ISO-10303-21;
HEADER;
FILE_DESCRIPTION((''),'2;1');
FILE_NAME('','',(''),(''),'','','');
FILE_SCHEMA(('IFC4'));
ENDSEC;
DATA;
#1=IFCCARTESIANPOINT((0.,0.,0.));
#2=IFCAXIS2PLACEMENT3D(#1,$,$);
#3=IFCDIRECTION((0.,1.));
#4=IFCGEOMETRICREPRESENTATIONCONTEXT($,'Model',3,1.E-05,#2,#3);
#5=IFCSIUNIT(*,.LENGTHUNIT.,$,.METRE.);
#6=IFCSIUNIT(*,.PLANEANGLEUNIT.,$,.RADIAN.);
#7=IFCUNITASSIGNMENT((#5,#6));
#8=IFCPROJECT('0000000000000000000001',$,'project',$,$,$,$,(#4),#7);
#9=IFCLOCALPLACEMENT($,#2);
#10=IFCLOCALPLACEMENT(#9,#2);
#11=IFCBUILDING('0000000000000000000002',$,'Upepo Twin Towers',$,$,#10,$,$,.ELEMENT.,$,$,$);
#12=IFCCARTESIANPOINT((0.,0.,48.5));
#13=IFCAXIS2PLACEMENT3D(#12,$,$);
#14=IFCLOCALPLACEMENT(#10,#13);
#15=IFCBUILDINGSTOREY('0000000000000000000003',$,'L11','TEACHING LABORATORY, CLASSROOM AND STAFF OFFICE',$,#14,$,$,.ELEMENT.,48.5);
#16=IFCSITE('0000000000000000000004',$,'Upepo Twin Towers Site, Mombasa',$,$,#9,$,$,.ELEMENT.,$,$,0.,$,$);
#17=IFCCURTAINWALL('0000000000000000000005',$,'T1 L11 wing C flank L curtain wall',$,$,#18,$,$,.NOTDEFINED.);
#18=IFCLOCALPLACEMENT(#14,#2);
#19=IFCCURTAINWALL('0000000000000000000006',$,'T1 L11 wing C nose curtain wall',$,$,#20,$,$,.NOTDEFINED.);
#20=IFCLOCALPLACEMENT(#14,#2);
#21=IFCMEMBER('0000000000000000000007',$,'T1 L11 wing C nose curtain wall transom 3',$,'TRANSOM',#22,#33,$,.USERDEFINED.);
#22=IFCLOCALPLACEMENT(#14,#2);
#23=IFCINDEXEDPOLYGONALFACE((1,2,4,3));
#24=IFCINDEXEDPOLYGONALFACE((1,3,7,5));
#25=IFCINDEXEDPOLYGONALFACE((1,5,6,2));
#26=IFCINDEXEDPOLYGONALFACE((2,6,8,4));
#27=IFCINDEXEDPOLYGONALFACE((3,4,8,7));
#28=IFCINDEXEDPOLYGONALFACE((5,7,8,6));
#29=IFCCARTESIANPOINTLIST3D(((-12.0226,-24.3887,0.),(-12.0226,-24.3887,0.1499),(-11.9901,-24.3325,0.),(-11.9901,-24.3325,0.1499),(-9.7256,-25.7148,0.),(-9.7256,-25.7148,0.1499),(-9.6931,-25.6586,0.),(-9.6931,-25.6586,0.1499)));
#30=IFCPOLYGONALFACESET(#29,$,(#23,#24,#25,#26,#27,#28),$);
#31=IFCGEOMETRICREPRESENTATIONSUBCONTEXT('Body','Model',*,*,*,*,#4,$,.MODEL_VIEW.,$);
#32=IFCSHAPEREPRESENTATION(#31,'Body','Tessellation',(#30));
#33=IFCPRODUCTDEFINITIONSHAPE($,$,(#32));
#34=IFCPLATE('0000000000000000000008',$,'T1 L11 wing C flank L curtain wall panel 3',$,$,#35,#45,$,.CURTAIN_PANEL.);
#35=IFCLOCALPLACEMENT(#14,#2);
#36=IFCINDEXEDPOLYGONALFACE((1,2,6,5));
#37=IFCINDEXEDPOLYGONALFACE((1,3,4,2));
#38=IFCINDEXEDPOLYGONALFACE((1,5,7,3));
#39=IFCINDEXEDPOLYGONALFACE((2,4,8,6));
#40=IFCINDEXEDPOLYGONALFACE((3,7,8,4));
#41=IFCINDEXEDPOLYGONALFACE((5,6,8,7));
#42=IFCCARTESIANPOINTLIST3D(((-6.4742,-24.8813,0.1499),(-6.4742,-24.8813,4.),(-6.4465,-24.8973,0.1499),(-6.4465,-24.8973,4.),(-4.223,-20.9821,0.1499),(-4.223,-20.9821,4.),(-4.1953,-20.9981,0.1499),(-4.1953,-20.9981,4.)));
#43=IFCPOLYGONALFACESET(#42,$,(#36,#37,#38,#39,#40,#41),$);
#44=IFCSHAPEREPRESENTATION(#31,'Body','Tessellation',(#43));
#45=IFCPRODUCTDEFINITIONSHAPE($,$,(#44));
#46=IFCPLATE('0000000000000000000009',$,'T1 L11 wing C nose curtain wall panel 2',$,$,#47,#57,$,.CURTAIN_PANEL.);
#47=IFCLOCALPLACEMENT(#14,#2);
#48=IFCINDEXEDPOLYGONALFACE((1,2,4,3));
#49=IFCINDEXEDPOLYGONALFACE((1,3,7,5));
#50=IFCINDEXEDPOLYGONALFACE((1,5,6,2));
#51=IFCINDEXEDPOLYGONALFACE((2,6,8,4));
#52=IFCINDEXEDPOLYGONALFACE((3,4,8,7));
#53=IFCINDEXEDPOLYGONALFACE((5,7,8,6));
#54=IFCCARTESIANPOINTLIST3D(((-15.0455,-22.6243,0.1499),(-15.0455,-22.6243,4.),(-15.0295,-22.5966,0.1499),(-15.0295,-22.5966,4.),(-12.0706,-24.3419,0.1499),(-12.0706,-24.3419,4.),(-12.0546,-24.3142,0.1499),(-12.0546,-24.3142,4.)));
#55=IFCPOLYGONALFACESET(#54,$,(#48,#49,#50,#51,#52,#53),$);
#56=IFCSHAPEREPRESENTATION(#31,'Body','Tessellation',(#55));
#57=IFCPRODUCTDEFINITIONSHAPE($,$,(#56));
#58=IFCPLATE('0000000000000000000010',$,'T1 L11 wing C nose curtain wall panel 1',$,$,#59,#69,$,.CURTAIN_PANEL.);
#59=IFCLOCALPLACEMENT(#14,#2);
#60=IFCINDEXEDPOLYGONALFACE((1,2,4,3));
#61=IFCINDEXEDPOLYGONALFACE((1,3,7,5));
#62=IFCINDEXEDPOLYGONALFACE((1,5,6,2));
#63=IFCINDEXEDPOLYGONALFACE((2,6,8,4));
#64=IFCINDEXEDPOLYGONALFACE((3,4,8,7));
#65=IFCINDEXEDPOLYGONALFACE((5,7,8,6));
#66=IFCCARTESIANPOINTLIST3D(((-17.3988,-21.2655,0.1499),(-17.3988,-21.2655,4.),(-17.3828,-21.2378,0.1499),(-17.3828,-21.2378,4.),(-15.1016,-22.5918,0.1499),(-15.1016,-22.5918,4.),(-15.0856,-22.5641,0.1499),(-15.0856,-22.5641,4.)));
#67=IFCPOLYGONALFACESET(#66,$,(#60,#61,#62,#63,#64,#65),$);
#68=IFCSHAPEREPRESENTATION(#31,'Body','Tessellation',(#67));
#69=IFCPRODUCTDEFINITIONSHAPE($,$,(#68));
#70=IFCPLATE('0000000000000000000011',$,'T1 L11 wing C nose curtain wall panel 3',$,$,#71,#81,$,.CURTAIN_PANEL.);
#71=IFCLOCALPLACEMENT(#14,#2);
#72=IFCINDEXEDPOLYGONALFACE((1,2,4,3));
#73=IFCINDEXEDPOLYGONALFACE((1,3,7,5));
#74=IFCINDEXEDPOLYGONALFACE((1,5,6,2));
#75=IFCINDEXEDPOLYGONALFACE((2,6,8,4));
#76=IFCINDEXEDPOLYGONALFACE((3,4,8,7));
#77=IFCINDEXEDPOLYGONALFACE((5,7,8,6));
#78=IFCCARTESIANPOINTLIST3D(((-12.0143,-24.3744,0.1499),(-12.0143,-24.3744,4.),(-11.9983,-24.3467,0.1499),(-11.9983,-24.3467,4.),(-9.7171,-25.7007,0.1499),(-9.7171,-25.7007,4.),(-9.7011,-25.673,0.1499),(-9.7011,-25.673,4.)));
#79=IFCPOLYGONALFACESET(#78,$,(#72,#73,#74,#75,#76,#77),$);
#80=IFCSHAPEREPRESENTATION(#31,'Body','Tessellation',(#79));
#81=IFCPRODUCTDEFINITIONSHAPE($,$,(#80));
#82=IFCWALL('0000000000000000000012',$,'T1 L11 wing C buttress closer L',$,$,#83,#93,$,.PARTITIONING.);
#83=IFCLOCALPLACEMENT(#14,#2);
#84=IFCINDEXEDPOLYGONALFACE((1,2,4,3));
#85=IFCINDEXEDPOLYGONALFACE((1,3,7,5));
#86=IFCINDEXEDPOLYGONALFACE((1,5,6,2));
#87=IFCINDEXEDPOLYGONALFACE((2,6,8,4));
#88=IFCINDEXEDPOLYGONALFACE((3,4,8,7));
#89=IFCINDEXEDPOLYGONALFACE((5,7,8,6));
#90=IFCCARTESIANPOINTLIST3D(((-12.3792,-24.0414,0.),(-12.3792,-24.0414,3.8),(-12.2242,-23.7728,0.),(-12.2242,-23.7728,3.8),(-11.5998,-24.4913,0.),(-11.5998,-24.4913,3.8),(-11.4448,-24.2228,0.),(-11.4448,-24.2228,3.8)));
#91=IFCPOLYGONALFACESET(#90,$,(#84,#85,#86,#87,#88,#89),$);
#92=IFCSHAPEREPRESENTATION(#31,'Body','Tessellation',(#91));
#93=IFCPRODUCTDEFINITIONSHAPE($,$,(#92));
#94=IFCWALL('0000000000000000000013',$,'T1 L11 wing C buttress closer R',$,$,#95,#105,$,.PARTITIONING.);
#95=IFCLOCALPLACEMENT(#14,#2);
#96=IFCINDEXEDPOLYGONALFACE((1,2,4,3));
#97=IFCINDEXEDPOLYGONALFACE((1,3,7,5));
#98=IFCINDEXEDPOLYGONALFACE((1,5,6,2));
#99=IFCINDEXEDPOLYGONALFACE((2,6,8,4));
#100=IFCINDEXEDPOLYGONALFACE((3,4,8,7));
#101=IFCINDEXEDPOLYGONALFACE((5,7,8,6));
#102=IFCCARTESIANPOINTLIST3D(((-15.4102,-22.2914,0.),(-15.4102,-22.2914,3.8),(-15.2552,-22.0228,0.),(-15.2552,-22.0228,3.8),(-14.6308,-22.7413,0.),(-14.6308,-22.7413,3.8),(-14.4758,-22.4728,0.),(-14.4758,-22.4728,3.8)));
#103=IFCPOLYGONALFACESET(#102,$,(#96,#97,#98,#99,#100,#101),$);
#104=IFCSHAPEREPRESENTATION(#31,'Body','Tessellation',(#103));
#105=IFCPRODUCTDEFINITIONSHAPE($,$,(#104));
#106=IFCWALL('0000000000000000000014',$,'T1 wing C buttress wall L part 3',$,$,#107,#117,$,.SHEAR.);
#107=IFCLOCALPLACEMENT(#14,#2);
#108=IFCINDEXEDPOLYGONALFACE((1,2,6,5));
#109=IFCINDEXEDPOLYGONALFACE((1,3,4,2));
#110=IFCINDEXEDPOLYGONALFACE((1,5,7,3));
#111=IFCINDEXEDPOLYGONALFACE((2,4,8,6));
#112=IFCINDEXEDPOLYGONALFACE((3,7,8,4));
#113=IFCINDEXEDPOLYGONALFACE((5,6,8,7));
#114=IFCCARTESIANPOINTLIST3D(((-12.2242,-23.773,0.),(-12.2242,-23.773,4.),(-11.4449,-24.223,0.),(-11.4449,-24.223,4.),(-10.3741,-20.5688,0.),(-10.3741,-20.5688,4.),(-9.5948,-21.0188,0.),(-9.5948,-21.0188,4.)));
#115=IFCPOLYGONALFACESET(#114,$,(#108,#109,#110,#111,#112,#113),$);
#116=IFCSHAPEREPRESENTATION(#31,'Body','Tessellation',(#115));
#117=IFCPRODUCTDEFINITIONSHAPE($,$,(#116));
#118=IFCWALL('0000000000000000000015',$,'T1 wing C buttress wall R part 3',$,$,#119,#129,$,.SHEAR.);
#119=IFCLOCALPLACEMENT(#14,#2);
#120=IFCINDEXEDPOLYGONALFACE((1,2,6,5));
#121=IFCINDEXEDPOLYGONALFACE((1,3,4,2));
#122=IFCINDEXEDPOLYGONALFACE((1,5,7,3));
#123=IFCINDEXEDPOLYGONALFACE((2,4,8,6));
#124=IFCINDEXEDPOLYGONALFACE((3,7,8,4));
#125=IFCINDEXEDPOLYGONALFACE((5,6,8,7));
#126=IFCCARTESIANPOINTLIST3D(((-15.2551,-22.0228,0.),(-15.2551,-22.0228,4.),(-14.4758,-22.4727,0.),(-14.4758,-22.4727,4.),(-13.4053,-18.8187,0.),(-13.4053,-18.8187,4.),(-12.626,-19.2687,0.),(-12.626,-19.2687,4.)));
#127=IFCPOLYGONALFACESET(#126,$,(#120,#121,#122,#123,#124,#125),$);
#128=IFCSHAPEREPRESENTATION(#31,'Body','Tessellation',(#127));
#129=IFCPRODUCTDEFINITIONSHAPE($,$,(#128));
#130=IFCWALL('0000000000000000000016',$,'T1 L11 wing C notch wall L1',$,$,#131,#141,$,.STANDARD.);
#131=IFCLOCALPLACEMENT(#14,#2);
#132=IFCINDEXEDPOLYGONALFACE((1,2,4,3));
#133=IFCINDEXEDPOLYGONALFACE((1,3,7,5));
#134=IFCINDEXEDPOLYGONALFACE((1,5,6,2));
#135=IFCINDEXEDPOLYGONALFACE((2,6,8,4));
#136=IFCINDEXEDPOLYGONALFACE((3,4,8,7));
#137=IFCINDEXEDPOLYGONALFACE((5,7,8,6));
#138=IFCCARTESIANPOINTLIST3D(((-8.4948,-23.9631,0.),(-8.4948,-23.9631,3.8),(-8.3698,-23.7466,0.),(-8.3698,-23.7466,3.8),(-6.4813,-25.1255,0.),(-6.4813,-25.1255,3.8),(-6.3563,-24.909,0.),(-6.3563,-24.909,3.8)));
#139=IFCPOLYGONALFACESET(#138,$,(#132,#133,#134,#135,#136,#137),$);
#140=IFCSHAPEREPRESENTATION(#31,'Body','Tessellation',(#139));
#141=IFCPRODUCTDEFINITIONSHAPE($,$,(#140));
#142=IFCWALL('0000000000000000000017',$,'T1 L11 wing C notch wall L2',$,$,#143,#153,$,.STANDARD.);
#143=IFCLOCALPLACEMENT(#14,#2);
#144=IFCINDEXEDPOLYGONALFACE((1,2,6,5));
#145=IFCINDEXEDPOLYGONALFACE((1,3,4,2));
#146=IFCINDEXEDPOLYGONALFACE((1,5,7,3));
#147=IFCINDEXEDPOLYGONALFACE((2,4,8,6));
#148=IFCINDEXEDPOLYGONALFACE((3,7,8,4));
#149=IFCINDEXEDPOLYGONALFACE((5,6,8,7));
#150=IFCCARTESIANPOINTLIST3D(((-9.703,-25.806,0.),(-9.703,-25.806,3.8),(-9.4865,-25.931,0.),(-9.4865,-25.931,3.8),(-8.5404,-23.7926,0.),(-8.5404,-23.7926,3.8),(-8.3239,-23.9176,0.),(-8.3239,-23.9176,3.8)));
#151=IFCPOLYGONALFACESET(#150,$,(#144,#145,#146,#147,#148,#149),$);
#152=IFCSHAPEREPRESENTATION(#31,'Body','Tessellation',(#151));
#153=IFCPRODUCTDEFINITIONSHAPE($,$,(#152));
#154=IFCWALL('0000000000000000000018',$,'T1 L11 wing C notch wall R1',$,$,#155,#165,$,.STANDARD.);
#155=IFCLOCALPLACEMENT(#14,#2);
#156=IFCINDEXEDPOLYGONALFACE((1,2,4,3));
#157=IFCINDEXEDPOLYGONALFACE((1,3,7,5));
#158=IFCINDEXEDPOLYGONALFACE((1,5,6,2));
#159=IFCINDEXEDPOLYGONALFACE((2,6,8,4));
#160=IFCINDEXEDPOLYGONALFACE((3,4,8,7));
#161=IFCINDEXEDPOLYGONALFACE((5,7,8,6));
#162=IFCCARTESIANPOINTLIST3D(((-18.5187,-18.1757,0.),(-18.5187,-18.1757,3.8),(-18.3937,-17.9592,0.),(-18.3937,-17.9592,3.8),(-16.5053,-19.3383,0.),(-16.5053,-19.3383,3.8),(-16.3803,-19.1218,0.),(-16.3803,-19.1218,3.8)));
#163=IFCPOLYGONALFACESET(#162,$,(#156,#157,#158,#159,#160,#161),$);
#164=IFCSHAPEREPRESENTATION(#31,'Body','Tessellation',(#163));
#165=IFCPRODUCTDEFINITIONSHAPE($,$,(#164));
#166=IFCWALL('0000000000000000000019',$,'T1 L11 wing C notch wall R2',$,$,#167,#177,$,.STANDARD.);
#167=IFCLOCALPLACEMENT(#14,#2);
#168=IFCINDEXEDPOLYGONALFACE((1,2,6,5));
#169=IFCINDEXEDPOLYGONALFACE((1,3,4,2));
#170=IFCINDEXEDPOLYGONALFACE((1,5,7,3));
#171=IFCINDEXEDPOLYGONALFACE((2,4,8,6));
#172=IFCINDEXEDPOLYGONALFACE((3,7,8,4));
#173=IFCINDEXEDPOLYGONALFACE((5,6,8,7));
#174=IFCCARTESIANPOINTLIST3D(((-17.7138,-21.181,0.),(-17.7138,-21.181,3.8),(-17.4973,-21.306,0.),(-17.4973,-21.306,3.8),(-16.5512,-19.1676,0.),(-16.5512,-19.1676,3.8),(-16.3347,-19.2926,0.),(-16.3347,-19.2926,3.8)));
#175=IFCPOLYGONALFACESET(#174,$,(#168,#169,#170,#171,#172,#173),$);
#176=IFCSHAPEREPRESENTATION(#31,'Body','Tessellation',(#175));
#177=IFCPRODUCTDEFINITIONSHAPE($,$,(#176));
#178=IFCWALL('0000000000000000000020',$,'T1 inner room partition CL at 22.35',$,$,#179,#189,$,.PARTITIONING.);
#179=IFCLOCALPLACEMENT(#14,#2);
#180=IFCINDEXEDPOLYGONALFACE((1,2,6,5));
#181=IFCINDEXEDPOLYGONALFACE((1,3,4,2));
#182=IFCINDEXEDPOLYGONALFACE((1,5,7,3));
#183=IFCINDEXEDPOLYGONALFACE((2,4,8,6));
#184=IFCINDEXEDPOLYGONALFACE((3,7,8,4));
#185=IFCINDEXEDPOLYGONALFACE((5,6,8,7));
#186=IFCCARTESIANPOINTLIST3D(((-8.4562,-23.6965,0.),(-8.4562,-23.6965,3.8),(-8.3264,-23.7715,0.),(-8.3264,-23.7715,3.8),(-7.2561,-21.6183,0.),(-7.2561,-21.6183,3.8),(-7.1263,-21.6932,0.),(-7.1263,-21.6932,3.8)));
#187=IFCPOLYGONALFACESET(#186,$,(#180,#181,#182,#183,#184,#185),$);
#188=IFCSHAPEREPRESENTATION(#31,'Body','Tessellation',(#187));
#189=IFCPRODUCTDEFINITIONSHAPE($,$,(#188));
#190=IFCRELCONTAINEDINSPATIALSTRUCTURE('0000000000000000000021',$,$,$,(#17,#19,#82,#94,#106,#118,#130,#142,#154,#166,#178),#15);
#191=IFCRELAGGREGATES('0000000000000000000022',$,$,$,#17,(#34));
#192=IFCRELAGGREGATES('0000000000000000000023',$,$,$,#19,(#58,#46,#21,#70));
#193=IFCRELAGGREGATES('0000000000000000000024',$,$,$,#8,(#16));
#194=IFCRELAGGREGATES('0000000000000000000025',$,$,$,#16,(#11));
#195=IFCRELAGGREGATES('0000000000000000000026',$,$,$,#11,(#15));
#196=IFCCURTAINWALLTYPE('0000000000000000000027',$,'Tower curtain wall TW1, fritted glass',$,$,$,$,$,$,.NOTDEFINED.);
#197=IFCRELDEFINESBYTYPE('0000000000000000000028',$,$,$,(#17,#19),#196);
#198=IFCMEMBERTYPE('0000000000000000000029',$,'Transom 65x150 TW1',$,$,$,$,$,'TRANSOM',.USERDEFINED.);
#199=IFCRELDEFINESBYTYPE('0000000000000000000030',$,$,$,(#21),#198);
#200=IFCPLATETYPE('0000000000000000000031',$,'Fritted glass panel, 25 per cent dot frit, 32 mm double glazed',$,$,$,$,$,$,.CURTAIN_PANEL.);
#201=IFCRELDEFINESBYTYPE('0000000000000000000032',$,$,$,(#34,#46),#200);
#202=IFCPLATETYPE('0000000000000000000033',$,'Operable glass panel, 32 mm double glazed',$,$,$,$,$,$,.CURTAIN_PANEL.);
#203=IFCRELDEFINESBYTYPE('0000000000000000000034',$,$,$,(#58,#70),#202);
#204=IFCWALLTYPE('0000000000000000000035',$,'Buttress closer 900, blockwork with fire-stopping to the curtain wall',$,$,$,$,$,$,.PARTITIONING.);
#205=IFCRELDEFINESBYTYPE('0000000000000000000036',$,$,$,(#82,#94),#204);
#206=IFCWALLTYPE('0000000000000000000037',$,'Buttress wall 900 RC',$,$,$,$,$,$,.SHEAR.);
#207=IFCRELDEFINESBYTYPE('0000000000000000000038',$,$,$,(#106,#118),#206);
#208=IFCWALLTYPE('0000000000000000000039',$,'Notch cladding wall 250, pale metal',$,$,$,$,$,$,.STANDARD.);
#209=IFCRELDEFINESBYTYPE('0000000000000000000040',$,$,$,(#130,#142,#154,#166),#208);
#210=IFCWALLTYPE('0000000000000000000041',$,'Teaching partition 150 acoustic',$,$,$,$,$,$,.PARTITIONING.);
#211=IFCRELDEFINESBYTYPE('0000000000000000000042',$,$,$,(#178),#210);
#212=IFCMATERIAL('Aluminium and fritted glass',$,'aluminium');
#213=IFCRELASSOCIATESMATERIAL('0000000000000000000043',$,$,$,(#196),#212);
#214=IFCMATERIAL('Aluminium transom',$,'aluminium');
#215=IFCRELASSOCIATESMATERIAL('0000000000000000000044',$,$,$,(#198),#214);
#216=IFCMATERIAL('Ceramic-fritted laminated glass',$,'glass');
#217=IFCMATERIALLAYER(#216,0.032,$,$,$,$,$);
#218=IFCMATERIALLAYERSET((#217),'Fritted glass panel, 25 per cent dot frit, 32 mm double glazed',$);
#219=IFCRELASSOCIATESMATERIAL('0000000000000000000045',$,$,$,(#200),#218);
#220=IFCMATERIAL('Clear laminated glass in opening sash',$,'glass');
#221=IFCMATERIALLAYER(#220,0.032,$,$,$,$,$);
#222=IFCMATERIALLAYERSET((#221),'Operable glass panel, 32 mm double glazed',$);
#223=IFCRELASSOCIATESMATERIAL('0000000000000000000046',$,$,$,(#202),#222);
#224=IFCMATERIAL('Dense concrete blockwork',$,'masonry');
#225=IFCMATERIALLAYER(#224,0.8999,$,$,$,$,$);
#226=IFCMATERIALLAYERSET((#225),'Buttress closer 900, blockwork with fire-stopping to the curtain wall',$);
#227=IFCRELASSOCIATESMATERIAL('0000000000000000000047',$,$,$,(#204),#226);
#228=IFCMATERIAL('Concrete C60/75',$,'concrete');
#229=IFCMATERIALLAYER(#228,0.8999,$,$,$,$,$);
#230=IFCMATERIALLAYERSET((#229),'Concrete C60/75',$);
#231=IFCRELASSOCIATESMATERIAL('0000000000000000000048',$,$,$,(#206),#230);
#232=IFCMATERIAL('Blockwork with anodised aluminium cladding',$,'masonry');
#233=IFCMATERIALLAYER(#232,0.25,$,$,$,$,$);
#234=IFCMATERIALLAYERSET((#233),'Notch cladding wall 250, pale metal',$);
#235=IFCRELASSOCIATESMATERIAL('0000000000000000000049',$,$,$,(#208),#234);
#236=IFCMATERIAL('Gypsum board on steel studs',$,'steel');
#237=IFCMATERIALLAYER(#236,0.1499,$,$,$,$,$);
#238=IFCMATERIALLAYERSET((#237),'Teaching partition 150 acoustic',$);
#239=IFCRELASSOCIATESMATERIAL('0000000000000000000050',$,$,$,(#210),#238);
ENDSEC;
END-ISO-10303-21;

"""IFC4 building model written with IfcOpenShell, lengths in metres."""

from ifc_helpers import new_model, si_unit, direction, frame, frame_2d, origin, origin_2d, place, context, subcontext, project, spatial, rectangle, extrude, material, layer, layer_set, material_profile, profile_set, type_object, element, aggregate, save


model = new_model("IFC4")

# Units and contexts
model_context = context("Model", 3, precision=1e-05, world=origin(), true_north=direction((0.0, 1.0)))
body_context = subcontext(model_context, "Body", "Model", "MODEL_VIEW")
ifc_project = project(units=[si_unit("LENGTHUNIT", "METRE"), si_unit("PLANEANGLEUNIT", "RADIAN")], contexts=[model_context])

# Site, building, storey
site_placement = place(None, origin())
site = spatial("IfcSite", under=ifc_project, at=site_placement, Name="Upepo Twin Towers Site, Mombasa", CompositionType="ELEMENT", RefElevation=0.0)
building_placement = place(site_placement, origin())
building = spatial("IfcBuilding", under=site, at=building_placement, Name="Upepo Twin Towers", CompositionType="ELEMENT")
storey_placement = place(building_placement, frame((0.0, 0.0, 48.5)))
storey = spatial("IfcBuildingStorey", under=building, at=storey_placement, Name="L11", Description="TEACHING LABORATORY, CLASSROOM AND STAFF OFFICE", CompositionType="ELEMENT", Elevation=48.5)

# Curtain wall
ifc_material_1 = material(Name="Aluminium and fritted glass", Category="aluminium")
curtain_wall_type = type_object("IfcCurtainWallType", Name="Tower curtain wall TW1, fritted glass", PredefinedType="NOTDEFINED", material=ifc_material_1)
curtain_wall_1_placement = place(storey_placement, origin())
curtain_wall_1 = element("IfcCurtainWall", 1, at=curtain_wall_1_placement, inside=storey, type_object=curtain_wall_type, Name="T1 L11 wing C flank L curtain wall", PredefinedType="NOTDEFINED")

# Curtain wall
curtain_wall_2_placement = place(storey_placement, origin())
curtain_wall_2 = element("IfcCurtainWall", 2, at=curtain_wall_2_placement, inside=storey, type_object=curtain_wall_type, Name="T1 L11 wing C nose curtain wall", PredefinedType="NOTDEFINED")

# Member
ifc_material_2 = material(Name="Aluminium transom", Category="aluminium")
ifc_material_profile_1 = material_profile(ifc_material_2, rectangle(XDim=0.0649, YDim=0.1499, at=origin_2d()), Name="TRANSOM 65x150")
ifc_profile_set_1 = profile_set([ifc_material_profile_1], Name="Aluminium transom")
member_type_1 = type_object("IfcMemberType", Name="Transom 65x150 TW1", ElementType="TRANSOM", PredefinedType="USERDEFINED", material=ifc_profile_set_1)
member_1_placement = place(storey_placement, frame((-12.0063, -24.3606, 0.075), z_axis=(0.866037, -0.49998, 0.0), x_axis=(0.49998, 0.866037, 0.0)))
member_1 = element("IfcMember", 3, at=member_1_placement, type_object=member_type_1, Name="T1 L11 wing C nose curtain wall transom 3", ObjectType="TRANSOM", PredefinedType="USERDEFINED", context=body_context, shape_type="SweptSolid", body=[
    extrude(rectangle(XDim=0.0649, YDim=0.1499, at=origin_2d()), origin(), (0.0, 0.0, 1.0), 2.6523),
])

# Plates
ifc_material_3 = material(Name="Ceramic-fritted laminated glass", Category="glass")
ifc_layer_1 = layer(ifc_material_3, 0.032)
ifc_layer_set_1 = layer_set([ifc_layer_1], Name="Fritted glass panel, 25 per cent dot frit, 32 mm double glazed")
plate_type_1 = type_object("IfcPlateType", Name="Fritted glass panel, 25 per cent dot frit, 32 mm double glazed", PredefinedType="CURTAIN_PANEL", material=ifc_layer_set_1)
plate_1_placement = place(storey_placement, frame((-5.3347, -22.9397, 0.1499), z_axis=(0.0, 0.0, 1.0), x_axis=(-0.5, -0.866025, 0.0)))
plate_1 = element("IfcPlate", 4, at=plate_1_placement, type_object=plate_type_1, Name="T1 L11 wing C flank L curtain wall panel 3", PredefinedType="CURTAIN_PANEL", context=body_context, shape_type="SweptSolid", body=[
    extrude(rectangle(XDim=4.5024, YDim=0.032, at=origin_2d()), origin(), (0.0, 0.0, 1.0), 3.8501),
])
aggregate(curtain_wall_1, [plate_1])
plate_2_placement = place(storey_placement, frame((-13.55, -23.4692, 0.1499), z_axis=(0.0, 0.0, 1.0), x_axis=(0.866025, -0.5, 0.0)))
plate_2 = element("IfcPlate", 5, at=plate_2_placement, type_object=plate_type_1, Name="T1 L11 wing C nose curtain wall panel 2", PredefinedType="CURTAIN_PANEL", context=body_context, shape_type="SweptSolid", body=[
    extrude(rectangle(XDim=3.4351, YDim=0.032, at=origin_2d()), origin(), (0.0, 0.0, 1.0), 3.8501),
])
ifc_material_4 = material(Name="Clear laminated glass in opening sash", Category="glass")
ifc_layer_2 = layer(ifc_material_4, 0.032)
ifc_layer_set_2 = layer_set([ifc_layer_2], Name="Operable glass panel, 32 mm double glazed")
plate_type_2 = type_object("IfcPlateType", Name="Operable glass panel, 32 mm double glazed", PredefinedType="CURTAIN_PANEL", material=ifc_layer_set_2)
plate_3_placement = place(storey_placement, frame((-16.2422, -21.9148, 0.1499), z_axis=(0.0, 0.0, 1.0), x_axis=(0.866025, -0.5, 0.0)))
plate_3 = element("IfcPlate", 6, at=plate_3_placement, type_object=plate_type_2, Name="T1 L11 wing C nose curtain wall panel 1", PredefinedType="CURTAIN_PANEL", context=body_context, shape_type="SweptSolid", body=[
    extrude(rectangle(XDim=2.6526, YDim=0.032, at=origin_2d()), origin(), (0.0, 0.0, 1.0), 3.8501),
])
plate_4_placement = place(storey_placement, frame((-10.8577, -25.0237, 0.1499), z_axis=(0.0, 0.0, 1.0), x_axis=(0.866025, -0.5, 0.0)))
plate_4 = element("IfcPlate", 7, at=plate_4_placement, type_object=plate_type_2, Name="T1 L11 wing C nose curtain wall panel 3", PredefinedType="CURTAIN_PANEL", context=body_context, shape_type="SweptSolid", body=[
    extrude(rectangle(XDim=2.6526, YDim=0.032, at=origin_2d()), origin(), (0.0, 0.0, 1.0), 3.8501),
])
aggregate(curtain_wall_2, [plate_3, plate_2, member_1, plate_4])

# Walls
ifc_material_5 = material(Name="Dense concrete blockwork", Category="masonry")
ifc_layer_3 = layer(ifc_material_5, 0.8999)
ifc_layer_set_3 = layer_set([ifc_layer_3], Name="Buttress closer 900, blockwork with fire-stopping to the curtain wall")
wall_type_1 = type_object("IfcWallType", Name="Buttress closer 900, blockwork with fire-stopping to the curtain wall", PredefinedType="PARTITIONING", material=ifc_layer_set_3)
for number, where, z_axis, x_axis, name in (
    (8, (-11.8345, -23.9978, 0.0), (0.0, 0.0, 1.0), (-0.49995, -0.866054, 0.0), "T1 L11 wing C buttress closer L"),
    (9, (-14.8655, -22.2478, 0.0), (0.0, 0.0, 1.0), (-0.49995, -0.866054, 0.0), "T1 L11 wing C buttress closer R"),
):
    element("IfcWall", number, at=place(storey_placement, frame(where, z_axis=z_axis, x_axis=x_axis)), inside=storey, type_object=wall_type_1, Name=name, PredefinedType="PARTITIONING", context=body_context, shape_type="SweptSolid", body=[
        extrude(rectangle(XDim=0.3101, YDim=0.8999, at=frame_2d((0.155, 0.0))), origin(), (0.0, 0.0, 1.0), 3.8),
    ])
ifc_material_6 = material(Name="Concrete C60/75", Category="concrete")
ifc_layer_4 = layer(ifc_material_6, 0.8999)
ifc_layer_set_4 = layer_set([ifc_layer_4], Name="Concrete C60/75")
wall_type_2 = type_object("IfcWallType", Name="Buttress wall 900 RC", PredefinedType="SHEAR", material=ifc_layer_set_4)
wall_1_placement = place(storey_placement, frame((-9.9844, -20.7937, 0.0), z_axis=(0.0, 0.0, 1.0), x_axis=(-0.500042, -0.866001, 0.0)))
element("IfcWall", 10, at=wall_1_placement, inside=storey, type_object=wall_type_2, Name="T1 wing C buttress wall L part 3", PredefinedType="SHEAR", context=body_context, shape_type="SweptSolid", body=[
    extrude(rectangle(XDim=3.7, YDim=0.8999, at=frame_2d((1.8501, 0.0))), origin(), (0.0, 0.0, 1.0), 4.0),
])
wall_2_placement = place(storey_placement, frame((-13.0156, -19.0437, 0.0), z_axis=(0.0, 0.0, 1.0), x_axis=(-0.499993, -0.86603, 0.0)))
element("IfcWall", 11, at=wall_2_placement, inside=storey, type_object=wall_type_2, Name="T1 wing C buttress wall R part 3", PredefinedType="SHEAR", context=body_context, shape_type="SweptSolid", body=[
    extrude(rectangle(XDim=3.6997, YDim=0.8999, at=frame_2d((1.8499, 0.0))), origin(), (0.0, 0.0, 1.0), 4.0),
])
ifc_material_7 = material(Name="Blockwork with anodised aluminium cladding", Category="masonry")
ifc_layer_5 = layer(ifc_material_7, 0.25)
ifc_layer_set_5 = layer_set([ifc_layer_5], Name="Notch cladding wall 250, pale metal")
wall_type_3 = type_object("IfcWallType", Name="Notch cladding wall 250, pale metal", PredefinedType="STANDARD", material=ifc_layer_set_5)
for number, where, z_axis, x_axis, name in (
    (12, (-6.4187, -25.0173, 0.0), (0.0, 0.0, 1.0), (-0.866044, 0.499968, 0.0), "T1 L11 wing C notch wall L1"),
    (13, (-8.4321, -23.855, 0.0), (0.0, 0.0, 1.0), (-0.500047, -0.865998, 0.0), "T1 L11 wing C notch wall L2"),
    (14, (-18.4563, -18.0674, 0.0), (0.0, 0.0, 1.0), (0.865998, -0.500047, 0.0), "T1 L11 wing C notch wall R1"),
    (15, (-16.4429, -19.23, 0.0), (0.0, 0.0, 1.0), (-0.500047, -0.865998, 0.0), "T1 L11 wing C notch wall R2"),
):
    element("IfcWall", number, at=place(storey_placement, frame(where, z_axis=z_axis, x_axis=x_axis)), inside=storey, type_object=wall_type_3, Name=name, PredefinedType="STANDARD", context=body_context, shape_type="SweptSolid", body=[
        extrude(rectangle(XDim=2.325, YDim=0.25, at=frame_2d((1.1626, 0.0))), origin(), (0.0, 0.0, 1.0), 3.8),
    ])
ifc_material_8 = material(Name="Gypsum board on steel studs", Category="steel")
ifc_layer_6 = layer(ifc_material_8, 0.1499)
ifc_layer_set_6 = layer_set([ifc_layer_6], Name="Teaching partition 150 acoustic")
wall_type_4 = type_object("IfcWallType", Name="Teaching partition 150 acoustic", PredefinedType="PARTITIONING", material=ifc_layer_set_6)
wall_3_placement = place(storey_placement, frame((-7.1912, -21.6558, 0.0), z_axis=(0.0, 0.0, 1.0), x_axis=(-0.500078, -0.865981, 0.0)))
element("IfcWall", 16, at=wall_3_placement, inside=storey, type_object=wall_type_4, Name="T1 inner room partition CL at 22.35", PredefinedType="PARTITIONING", context=body_context, shape_type="SweptSolid", body=[
    extrude(rectangle(XDim=2.3999, YDim=0.1499, at=frame_2d((1.2, 0.0))), origin(), (0.0, 0.0, 1.0), 3.8),
])

save(model, "model.ifc")
